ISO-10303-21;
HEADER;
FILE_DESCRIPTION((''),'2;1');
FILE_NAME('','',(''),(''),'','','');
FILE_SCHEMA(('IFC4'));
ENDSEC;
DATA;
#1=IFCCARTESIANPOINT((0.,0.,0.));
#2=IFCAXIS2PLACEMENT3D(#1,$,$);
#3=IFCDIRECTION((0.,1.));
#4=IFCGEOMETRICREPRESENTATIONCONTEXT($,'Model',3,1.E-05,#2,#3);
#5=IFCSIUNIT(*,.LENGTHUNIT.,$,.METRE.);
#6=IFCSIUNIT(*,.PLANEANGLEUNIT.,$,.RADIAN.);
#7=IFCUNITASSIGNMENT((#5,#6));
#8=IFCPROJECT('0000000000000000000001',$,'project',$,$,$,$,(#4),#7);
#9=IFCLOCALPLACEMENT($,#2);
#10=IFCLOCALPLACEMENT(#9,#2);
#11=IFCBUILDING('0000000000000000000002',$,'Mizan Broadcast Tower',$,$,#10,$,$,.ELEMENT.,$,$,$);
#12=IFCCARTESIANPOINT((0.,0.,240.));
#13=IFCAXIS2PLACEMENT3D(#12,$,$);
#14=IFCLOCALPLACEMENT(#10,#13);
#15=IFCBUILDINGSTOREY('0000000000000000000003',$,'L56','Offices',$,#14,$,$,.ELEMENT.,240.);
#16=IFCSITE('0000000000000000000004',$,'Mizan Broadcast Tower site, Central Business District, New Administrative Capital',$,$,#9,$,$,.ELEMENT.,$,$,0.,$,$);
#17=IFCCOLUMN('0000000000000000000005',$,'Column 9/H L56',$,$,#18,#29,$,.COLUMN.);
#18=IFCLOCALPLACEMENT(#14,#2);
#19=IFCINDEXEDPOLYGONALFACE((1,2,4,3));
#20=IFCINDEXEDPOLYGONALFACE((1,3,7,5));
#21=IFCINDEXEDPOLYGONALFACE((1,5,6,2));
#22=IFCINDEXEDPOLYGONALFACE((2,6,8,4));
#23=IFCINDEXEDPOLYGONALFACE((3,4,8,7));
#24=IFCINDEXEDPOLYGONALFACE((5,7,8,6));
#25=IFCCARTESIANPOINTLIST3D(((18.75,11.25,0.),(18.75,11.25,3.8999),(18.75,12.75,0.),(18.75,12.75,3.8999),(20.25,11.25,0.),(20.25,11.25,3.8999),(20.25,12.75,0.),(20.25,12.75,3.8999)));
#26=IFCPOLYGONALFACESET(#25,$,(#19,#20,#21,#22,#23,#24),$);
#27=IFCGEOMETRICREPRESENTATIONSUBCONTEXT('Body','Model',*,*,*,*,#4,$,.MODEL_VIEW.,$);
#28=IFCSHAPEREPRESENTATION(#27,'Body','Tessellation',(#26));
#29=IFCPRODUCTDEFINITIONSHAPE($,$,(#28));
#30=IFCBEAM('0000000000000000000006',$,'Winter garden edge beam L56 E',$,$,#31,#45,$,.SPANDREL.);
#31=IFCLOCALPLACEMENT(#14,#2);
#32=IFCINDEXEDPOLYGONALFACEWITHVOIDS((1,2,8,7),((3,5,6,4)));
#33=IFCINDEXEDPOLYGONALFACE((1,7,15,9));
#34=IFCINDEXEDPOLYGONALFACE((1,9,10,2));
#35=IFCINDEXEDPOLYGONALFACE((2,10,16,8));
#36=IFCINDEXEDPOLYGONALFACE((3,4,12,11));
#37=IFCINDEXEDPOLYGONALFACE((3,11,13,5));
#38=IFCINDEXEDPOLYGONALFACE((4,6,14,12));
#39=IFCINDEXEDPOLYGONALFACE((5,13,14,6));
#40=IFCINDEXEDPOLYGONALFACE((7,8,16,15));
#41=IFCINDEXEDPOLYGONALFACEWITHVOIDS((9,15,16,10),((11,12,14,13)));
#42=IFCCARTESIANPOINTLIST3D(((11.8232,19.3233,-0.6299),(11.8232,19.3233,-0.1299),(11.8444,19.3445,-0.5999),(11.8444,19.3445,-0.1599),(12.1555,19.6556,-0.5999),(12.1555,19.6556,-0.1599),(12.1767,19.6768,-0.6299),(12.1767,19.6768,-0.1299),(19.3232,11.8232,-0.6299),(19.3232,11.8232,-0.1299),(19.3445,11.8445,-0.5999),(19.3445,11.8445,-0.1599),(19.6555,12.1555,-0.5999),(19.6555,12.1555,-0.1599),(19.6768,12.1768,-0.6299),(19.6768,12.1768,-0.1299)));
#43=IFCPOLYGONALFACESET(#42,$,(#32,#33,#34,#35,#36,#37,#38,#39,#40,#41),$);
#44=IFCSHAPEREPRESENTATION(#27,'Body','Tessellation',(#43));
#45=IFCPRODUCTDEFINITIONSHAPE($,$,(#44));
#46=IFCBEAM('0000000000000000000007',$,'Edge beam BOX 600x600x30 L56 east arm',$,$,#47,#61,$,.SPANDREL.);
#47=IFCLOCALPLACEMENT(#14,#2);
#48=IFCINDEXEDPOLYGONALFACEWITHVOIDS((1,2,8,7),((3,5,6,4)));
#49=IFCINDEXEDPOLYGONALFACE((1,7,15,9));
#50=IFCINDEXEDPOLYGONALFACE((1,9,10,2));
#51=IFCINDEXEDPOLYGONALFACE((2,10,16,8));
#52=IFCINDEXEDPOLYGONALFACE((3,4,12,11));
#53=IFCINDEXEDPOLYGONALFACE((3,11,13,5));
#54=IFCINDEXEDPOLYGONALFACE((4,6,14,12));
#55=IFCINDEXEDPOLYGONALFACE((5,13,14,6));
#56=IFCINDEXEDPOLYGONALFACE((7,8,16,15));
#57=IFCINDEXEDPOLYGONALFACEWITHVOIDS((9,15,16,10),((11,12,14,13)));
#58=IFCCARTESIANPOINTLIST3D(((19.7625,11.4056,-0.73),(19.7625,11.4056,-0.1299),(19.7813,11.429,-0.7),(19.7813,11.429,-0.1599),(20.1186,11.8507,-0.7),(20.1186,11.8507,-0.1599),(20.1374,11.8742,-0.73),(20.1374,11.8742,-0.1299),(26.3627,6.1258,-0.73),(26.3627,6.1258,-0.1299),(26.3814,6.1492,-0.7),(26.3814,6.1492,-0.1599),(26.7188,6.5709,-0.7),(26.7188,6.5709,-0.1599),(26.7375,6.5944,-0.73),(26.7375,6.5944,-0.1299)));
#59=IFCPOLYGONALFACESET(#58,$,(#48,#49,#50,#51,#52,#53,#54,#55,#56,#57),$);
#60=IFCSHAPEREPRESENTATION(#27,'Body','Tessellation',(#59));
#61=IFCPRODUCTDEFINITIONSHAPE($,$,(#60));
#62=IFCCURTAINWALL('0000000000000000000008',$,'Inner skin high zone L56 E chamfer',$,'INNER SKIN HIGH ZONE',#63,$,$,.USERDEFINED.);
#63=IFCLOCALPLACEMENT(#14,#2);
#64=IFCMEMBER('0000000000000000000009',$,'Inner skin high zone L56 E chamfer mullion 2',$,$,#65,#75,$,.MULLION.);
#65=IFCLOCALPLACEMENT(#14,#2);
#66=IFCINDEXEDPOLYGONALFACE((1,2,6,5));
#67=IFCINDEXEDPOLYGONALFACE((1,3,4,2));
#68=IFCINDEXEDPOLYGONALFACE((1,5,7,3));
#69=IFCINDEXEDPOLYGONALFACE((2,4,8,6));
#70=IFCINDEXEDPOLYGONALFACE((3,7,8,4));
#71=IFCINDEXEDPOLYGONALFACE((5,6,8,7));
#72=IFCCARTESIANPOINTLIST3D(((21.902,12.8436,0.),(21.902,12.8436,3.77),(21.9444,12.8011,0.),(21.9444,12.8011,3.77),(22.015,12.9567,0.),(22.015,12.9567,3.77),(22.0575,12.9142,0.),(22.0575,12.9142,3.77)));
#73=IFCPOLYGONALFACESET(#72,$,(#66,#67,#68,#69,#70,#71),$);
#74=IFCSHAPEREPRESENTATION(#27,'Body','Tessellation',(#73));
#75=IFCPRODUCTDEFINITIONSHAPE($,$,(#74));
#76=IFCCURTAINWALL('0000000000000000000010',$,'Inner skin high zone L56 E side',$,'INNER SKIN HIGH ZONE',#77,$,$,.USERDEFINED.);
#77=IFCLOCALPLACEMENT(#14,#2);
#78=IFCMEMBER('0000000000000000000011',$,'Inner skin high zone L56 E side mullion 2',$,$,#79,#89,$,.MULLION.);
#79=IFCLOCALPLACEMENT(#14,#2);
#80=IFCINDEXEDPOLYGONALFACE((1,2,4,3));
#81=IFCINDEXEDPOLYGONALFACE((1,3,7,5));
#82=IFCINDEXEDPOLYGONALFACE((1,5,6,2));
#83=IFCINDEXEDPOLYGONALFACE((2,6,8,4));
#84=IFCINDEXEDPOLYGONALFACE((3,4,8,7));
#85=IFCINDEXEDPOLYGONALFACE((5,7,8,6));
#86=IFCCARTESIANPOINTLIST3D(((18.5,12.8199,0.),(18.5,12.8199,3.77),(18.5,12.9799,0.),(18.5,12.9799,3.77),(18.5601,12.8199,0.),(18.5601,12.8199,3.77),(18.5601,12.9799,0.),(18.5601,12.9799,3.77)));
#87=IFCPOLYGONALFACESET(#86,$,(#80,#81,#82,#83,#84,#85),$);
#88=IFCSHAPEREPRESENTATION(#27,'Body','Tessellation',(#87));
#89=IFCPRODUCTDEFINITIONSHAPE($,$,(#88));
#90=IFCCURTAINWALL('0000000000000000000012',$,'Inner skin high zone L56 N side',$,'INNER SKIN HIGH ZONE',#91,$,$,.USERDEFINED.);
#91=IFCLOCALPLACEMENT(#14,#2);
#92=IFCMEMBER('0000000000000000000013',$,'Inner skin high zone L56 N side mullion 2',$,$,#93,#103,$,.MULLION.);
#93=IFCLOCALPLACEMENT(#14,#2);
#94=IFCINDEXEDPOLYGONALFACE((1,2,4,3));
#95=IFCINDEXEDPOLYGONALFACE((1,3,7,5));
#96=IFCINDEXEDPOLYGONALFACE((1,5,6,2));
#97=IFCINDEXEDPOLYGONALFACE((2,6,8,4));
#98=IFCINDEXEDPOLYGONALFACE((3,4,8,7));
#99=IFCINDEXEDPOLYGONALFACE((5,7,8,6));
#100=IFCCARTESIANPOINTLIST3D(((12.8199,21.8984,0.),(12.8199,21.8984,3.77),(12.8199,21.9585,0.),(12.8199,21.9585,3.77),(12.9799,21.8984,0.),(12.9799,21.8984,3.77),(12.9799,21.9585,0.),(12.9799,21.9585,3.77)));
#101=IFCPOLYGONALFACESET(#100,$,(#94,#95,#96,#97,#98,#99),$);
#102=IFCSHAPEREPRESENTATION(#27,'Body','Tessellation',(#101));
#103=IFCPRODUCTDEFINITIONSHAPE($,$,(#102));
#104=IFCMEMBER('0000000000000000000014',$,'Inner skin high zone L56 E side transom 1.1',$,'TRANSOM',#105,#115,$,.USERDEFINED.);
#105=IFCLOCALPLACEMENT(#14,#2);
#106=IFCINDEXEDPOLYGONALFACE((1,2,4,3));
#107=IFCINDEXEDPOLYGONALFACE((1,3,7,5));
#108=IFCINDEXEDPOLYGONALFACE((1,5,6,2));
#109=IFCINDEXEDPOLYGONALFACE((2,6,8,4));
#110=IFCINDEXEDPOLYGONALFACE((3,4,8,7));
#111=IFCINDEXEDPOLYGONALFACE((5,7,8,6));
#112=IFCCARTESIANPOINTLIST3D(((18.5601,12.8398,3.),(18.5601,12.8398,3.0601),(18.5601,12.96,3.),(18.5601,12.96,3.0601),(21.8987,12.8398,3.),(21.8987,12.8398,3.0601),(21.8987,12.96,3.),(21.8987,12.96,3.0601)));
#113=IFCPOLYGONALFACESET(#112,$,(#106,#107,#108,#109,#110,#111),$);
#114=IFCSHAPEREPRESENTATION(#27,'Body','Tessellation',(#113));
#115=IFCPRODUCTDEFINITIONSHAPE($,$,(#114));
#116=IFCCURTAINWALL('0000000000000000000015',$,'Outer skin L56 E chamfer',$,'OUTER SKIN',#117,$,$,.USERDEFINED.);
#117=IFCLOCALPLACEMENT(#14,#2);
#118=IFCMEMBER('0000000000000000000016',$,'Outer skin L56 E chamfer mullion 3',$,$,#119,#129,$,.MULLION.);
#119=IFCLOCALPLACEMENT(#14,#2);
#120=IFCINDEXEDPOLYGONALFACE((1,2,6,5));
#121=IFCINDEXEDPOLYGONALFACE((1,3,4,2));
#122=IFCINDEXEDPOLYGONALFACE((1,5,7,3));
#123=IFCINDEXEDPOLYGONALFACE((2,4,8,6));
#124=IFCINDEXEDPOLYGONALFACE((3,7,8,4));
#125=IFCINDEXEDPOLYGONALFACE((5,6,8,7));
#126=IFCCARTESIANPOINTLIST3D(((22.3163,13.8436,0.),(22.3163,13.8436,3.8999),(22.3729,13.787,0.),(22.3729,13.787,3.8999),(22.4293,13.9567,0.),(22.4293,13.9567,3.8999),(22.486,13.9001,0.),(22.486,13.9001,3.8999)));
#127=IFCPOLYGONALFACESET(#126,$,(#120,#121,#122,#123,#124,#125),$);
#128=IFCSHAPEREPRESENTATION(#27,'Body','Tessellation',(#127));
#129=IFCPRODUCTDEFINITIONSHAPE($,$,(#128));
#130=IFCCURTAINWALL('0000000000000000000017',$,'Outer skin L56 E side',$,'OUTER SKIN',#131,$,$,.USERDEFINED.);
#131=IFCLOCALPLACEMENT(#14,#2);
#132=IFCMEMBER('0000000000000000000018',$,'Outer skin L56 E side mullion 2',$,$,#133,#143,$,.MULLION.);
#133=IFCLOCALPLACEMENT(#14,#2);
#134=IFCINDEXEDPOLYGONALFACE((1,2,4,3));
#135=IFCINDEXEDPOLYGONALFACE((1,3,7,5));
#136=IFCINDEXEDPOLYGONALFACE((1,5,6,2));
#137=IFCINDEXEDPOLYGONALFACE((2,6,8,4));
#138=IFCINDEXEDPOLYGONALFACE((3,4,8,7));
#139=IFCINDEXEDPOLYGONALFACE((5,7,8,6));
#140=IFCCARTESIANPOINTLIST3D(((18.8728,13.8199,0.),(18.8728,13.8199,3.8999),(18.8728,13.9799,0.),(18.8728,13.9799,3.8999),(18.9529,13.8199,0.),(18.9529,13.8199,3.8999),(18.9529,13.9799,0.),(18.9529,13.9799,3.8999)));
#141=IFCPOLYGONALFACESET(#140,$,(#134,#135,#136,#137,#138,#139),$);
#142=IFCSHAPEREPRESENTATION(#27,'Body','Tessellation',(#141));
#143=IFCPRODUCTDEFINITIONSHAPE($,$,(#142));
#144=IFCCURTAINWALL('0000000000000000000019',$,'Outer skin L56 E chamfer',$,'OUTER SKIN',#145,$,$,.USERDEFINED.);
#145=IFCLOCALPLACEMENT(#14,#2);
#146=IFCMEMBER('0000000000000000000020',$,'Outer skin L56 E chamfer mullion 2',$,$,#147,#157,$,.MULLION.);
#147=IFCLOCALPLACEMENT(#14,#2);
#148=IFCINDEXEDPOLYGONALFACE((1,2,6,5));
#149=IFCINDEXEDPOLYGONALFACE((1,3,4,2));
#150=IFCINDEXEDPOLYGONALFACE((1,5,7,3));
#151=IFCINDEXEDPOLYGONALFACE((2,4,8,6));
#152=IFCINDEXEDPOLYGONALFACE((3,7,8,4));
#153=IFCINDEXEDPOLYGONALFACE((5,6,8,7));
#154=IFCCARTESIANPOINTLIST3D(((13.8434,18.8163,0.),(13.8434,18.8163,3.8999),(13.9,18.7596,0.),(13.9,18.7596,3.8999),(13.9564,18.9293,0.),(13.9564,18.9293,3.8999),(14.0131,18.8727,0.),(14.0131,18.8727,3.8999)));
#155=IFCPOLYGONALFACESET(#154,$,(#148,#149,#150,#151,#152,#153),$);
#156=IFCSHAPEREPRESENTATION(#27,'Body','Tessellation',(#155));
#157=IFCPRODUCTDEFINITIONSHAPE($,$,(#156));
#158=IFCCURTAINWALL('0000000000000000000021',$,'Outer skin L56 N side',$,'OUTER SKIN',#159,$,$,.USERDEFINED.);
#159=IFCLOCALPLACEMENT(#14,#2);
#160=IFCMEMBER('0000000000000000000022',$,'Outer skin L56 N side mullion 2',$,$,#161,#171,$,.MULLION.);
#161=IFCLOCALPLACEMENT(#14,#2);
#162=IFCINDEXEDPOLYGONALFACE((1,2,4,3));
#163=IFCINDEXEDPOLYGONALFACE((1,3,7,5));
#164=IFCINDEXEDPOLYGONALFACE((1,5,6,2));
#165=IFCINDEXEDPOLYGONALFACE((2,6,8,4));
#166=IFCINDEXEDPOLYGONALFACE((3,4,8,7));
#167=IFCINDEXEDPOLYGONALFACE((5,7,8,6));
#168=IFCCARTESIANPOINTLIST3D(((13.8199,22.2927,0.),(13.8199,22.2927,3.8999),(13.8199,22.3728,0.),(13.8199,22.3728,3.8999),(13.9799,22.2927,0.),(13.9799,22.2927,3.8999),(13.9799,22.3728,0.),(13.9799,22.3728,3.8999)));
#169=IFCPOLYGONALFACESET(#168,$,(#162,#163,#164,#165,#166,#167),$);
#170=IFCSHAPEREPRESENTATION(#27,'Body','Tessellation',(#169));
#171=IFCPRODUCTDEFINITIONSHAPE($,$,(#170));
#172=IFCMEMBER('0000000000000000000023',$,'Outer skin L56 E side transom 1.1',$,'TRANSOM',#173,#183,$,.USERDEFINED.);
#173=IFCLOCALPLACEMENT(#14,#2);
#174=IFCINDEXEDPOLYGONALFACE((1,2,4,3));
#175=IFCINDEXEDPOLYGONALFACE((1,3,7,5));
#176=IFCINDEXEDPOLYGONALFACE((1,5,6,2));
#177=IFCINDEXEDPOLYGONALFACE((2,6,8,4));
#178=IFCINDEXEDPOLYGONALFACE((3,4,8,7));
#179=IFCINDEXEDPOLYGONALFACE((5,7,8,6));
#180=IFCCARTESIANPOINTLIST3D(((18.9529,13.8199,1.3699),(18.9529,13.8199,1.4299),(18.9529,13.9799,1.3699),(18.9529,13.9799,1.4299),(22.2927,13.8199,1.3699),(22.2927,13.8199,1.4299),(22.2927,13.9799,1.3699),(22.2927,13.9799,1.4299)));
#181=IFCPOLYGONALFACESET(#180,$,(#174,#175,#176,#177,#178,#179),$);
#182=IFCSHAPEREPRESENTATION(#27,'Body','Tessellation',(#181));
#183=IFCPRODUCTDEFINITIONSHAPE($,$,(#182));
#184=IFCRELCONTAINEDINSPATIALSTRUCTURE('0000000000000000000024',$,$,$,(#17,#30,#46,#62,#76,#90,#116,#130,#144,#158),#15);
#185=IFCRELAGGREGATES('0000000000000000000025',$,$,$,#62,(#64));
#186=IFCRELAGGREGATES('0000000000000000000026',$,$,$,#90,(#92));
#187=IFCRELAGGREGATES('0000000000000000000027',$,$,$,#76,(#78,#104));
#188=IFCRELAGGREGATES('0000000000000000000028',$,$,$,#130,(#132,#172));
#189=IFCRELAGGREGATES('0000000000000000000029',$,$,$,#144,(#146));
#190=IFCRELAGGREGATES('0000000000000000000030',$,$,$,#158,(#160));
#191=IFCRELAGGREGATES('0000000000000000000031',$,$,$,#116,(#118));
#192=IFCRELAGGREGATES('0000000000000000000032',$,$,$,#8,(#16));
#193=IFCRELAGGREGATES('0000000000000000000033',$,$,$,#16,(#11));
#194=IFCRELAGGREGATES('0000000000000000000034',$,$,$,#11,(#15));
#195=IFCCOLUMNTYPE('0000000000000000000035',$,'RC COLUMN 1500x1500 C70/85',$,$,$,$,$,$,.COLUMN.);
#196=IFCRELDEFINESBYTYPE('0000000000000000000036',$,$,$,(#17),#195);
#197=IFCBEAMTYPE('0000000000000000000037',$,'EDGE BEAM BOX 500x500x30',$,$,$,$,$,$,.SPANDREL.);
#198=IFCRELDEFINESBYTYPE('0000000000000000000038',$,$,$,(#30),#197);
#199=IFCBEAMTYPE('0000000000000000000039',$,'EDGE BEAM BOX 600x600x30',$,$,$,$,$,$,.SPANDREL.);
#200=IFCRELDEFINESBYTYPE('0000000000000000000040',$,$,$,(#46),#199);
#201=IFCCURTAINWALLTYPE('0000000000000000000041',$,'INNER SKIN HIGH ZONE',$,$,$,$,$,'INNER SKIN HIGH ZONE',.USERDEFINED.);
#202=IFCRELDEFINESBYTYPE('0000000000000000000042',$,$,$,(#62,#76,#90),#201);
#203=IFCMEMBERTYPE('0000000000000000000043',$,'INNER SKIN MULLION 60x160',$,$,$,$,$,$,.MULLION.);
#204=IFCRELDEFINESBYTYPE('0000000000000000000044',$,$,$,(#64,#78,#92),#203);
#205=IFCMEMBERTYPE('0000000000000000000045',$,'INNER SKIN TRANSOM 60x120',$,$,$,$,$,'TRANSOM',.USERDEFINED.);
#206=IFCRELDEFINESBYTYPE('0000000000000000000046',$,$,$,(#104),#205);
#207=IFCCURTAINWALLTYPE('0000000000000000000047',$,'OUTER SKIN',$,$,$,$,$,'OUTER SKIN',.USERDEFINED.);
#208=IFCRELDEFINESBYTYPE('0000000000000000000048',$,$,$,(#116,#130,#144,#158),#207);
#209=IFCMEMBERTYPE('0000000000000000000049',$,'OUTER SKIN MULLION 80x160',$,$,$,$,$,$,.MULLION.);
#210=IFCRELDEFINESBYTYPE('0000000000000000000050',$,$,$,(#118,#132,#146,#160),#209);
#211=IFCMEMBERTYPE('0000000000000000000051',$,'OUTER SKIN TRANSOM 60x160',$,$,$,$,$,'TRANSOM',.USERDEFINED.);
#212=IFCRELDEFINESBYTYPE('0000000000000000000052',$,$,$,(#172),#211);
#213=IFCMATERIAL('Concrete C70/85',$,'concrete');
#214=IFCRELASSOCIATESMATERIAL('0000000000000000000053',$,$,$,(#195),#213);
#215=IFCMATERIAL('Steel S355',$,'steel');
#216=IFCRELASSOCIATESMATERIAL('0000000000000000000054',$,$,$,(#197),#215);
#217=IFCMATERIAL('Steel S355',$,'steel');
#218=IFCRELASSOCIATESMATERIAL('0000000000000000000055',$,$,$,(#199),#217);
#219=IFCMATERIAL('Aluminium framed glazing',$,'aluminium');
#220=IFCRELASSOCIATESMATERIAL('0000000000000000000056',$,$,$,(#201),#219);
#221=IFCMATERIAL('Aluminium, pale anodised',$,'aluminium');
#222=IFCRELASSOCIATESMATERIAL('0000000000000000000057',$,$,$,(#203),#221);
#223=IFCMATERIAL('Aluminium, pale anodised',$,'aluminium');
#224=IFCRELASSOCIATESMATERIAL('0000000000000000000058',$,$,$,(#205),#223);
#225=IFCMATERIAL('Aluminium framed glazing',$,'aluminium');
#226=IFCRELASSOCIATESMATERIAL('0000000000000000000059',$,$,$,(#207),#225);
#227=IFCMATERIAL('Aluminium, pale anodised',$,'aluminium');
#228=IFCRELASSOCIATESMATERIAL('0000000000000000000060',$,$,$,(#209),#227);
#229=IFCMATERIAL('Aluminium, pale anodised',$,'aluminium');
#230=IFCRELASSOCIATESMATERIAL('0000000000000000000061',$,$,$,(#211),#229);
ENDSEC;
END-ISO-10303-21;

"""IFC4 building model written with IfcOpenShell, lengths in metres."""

from ifc_helpers import new_model, si_unit, direction, frame, origin, origin_2d, place, context, subcontext, project, spatial, rectangle, hollow_rectangle, extrude, material, material_profile, profile_set, type_object, element, aggregate, save


model = new_model("IFC4")

# Units and contexts
model_context = context("Model", 3, precision=1e-05, world=origin(), true_north=direction((0.0, 1.0)))
body_context = subcontext(model_context, "Body", "Model", "MODEL_VIEW")
ifc_project = project(units=[si_unit("LENGTHUNIT", "METRE"), si_unit("PLANEANGLEUNIT", "RADIAN")], contexts=[model_context])

# Site, building, storey
site_placement = place(None, origin())
site = spatial("IfcSite", under=ifc_project, at=site_placement, Name="Mizan Broadcast Tower site, Central Business District, New Administrative Capital", CompositionType="ELEMENT", RefElevation=0.0)
building_placement = place(site_placement, origin())
building = spatial("IfcBuilding", under=site, at=building_placement, Name="Mizan Broadcast Tower", CompositionType="ELEMENT")
storey_placement = place(building_placement, frame((0.0, 0.0, 240.0)))
storey = spatial("IfcBuildingStorey", under=building, at=storey_placement, Name="L56", Description="Offices", CompositionType="ELEMENT", Elevation=240.0)

# Column
ifc_material_1 = material(Name="Concrete C70/85", Category="concrete")
ifc_material_profile_1 = material_profile(ifc_material_1, rectangle(XDim=1.5, YDim=1.5, at=origin_2d()), Name="RC 1500x1500")
ifc_profile_set_1 = profile_set([ifc_material_profile_1], Name="Concrete C70/85")
column_type = type_object("IfcColumnType", Name="RC COLUMN 1500x1500 C70/85", PredefinedType="COLUMN", material=ifc_profile_set_1)
column_placement = place(storey_placement, frame((19.5, 12.0, 0.0), z_axis=(0.0, 0.0, 1.0), x_axis=(1.0, 0.0, 0.0)))
element("IfcColumn", 1, at=column_placement, inside=storey, type_object=column_type, Name="Column 9/H L56", PredefinedType="COLUMN", context=body_context, shape_type="SweptSolid", body=[
    extrude(rectangle(XDim=1.5, YDim=1.5, at=origin_2d()), origin(), (0.0, 0.0, 1.0), 3.8999),
])

# Beams
ifc_material_2 = material(Name="Steel S355", Category="steel")
ifc_material_profile_2 = material_profile(ifc_material_2, hollow_rectangle(XDim=0.5, YDim=0.5, WallThickness=0.03, at=origin_2d()), Name="BOX 500x500x30")
ifc_profile_set_2 = profile_set([ifc_material_profile_2], Name="Steel S355")
beam_type_1 = type_object("IfcBeamType", Name="EDGE BEAM BOX 500x500x30", PredefinedType="SPANDREL", material=ifc_profile_set_2)
beam_1_placement = place(storey_placement, frame((19.5, 12.0, -0.3799), z_axis=(-0.707107, 0.707107, 0.0), x_axis=(-0.707107, -0.707107, 0.0)))
element("IfcBeam", 2, at=beam_1_placement, inside=storey, type_object=beam_type_1, Name="Winter garden edge beam L56 E", PredefinedType="SPANDREL", context=body_context, shape_type="SweptSolid", body=[
    extrude(hollow_rectangle(XDim=0.5, YDim=0.5, WallThickness=0.03, at=origin_2d()), origin(), (0.0, 0.0, 1.0), 10.6067),
])
ifc_material_3 = material(Name="Steel S355", Category="steel")
ifc_material_profile_3 = material_profile(ifc_material_3, hollow_rectangle(XDim=0.6001, YDim=0.6001, WallThickness=0.03, at=origin_2d()), Name="BOX 600x600x30")
ifc_profile_set_3 = profile_set([ifc_material_profile_3], Name="Steel S355")
beam_type_2 = type_object("IfcBeamType", Name="EDGE BEAM BOX 600x600x30", PredefinedType="SPANDREL", material=ifc_profile_set_3)
beam_2_placement = place(storey_placement, frame((19.95, 11.6399, -0.4299), z_axis=(0.780886, -0.624674, 0.0), x_axis=(0.624674, 0.780886, 0.0)))
element("IfcBeam", 3, at=beam_2_placement, inside=storey, type_object=beam_type_2, Name="Edge beam BOX 600x600x30 L56 east arm", PredefinedType="SPANDREL", context=body_context, shape_type="SweptSolid", body=[
    extrude(hollow_rectangle(XDim=0.6001, YDim=0.6001, WallThickness=0.03, at=origin_2d()), origin(), (0.0, 0.0, 1.0), 8.4521),
])

# Curtain walls, members
ifc_material_4 = material(Name="Aluminium framed glazing", Category="aluminium")
curtain_wall_type_1 = type_object("IfcCurtainWallType", Name="INNER SKIN HIGH ZONE", ElementType="INNER SKIN HIGH ZONE", PredefinedType="USERDEFINED", material=ifc_material_4)
curtain_wall_1_placement = place(storey_placement, origin())
curtain_wall_1 = element("IfcCurtainWall", 4, at=curtain_wall_1_placement, inside=storey, type_object=curtain_wall_type_1, Name="Inner skin high zone L56 E chamfer", ObjectType="INNER SKIN HIGH ZONE", PredefinedType="USERDEFINED")
ifc_material_5 = material(Name="Aluminium, pale anodised", Category="aluminium")
ifc_material_profile_4 = material_profile(ifc_material_5, rectangle(XDim=0.1599, YDim=0.0601, at=origin_2d()), Name="MULLION 160x60")
ifc_profile_set_4 = profile_set([ifc_material_profile_4], Name="Aluminium, pale anodised")
member_type_1 = type_object("IfcMemberType", Name="INNER SKIN MULLION 60x160", PredefinedType="MULLION", material=ifc_profile_set_4)
member_1_placement = place(storey_placement, frame((21.9797, 12.8789, 0.0), z_axis=(0.0, 0.0, 1.0), x_axis=(-0.707107, -0.707107, 0.0)))
member_1 = element("IfcMember", 5, at=member_1_placement, type_object=member_type_1, Name="Inner skin high zone L56 E chamfer mullion 2", PredefinedType="MULLION", context=body_context, shape_type="SweptSolid", body=[
    extrude(rectangle(XDim=0.1599, YDim=0.0601, at=origin_2d()), origin(), (0.0, 0.0, 1.0), 3.77),
])
aggregate(curtain_wall_1, [member_1])
curtain_wall_2_placement = place(storey_placement, origin())
curtain_wall_2 = element("IfcCurtainWall", 6, at=curtain_wall_2_placement, inside=storey, type_object=curtain_wall_type_1, Name="Inner skin high zone L56 E side", ObjectType="INNER SKIN HIGH ZONE", PredefinedType="USERDEFINED")
member_2_placement = place(storey_placement, frame((18.53, 12.8999, 0.0), z_axis=(0.0, 0.0, 1.0), x_axis=(0.0, -1.0, 0.0)))
member_2 = element("IfcMember", 7, at=member_2_placement, type_object=member_type_1, Name="Inner skin high zone L56 E side mullion 2", PredefinedType="MULLION", context=body_context, shape_type="SweptSolid", body=[
    extrude(rectangle(XDim=0.1599, YDim=0.0601, at=origin_2d()), origin(), (0.0, 0.0, 1.0), 3.77),
])
curtain_wall_3_placement = place(storey_placement, origin())
curtain_wall_3 = element("IfcCurtainWall", 8, at=curtain_wall_3_placement, inside=storey, type_object=curtain_wall_type_1, Name="Inner skin high zone L56 N side", ObjectType="INNER SKIN HIGH ZONE", PredefinedType="USERDEFINED")
member_3_placement = place(storey_placement, frame((12.8999, 21.9285, 0.0), z_axis=(0.0, 0.0, 1.0), x_axis=(-1.0, 0.0, 0.0)))
member_3 = element("IfcMember", 9, at=member_3_placement, type_object=member_type_1, Name="Inner skin high zone L56 N side mullion 2", PredefinedType="MULLION", context=body_context, shape_type="SweptSolid", body=[
    extrude(rectangle(XDim=0.1599, YDim=0.0601, at=origin_2d()), origin(), (0.0, 0.0, 1.0), 3.77),
])
aggregate(curtain_wall_3, [member_3])

# Member
ifc_material_6 = material(Name="Aluminium, pale anodised", Category="aluminium")
ifc_material_profile_5 = material_profile(ifc_material_6, rectangle(XDim=0.1201, YDim=0.0601, at=origin_2d()), Name="TRANSOM 120x60")
ifc_profile_set_5 = profile_set([ifc_material_profile_5], Name="Aluminium, pale anodised")
member_type_2 = type_object("IfcMemberType", Name="INNER SKIN TRANSOM 60x120", ElementType="TRANSOM", PredefinedType="USERDEFINED", material=ifc_profile_set_5)
member_4_placement = place(storey_placement, frame((21.8987, 12.8999, 3.03), z_axis=(-1.0, 0.0, 0.0), x_axis=(0.0, -1.0, 0.0)))
member_4 = element("IfcMember", 10, at=member_4_placement, type_object=member_type_2, Name="Inner skin high zone L56 E side transom 1.1", ObjectType="TRANSOM", PredefinedType="USERDEFINED", context=body_context, shape_type="SweptSolid", body=[
    extrude(rectangle(XDim=0.1201, YDim=0.0601, at=origin_2d()), origin(), (0.0, 0.0, 1.0), 3.3386),
])

# Curtain walls, members
ifc_material_7 = material(Name="Aluminium framed glazing", Category="aluminium")
curtain_wall_type_2 = type_object("IfcCurtainWallType", Name="OUTER SKIN", ElementType="OUTER SKIN", PredefinedType="USERDEFINED", material=ifc_material_7)
curtain_wall_4_placement = place(storey_placement, origin())
curtain_wall_4 = element("IfcCurtainWall", 11, at=curtain_wall_4_placement, inside=storey, type_object=curtain_wall_type_2, Name="Outer skin L56 E chamfer", ObjectType="OUTER SKIN", PredefinedType="USERDEFINED")
ifc_material_8 = material(Name="Aluminium, pale anodised", Category="aluminium")
ifc_material_profile_6 = material_profile(ifc_material_8, rectangle(XDim=0.1599, YDim=0.0801, at=origin_2d()), Name="MULLION 160x80")
ifc_profile_set_6 = profile_set([ifc_material_profile_6], Name="Aluminium, pale anodised")
member_type_3 = type_object("IfcMemberType", Name="OUTER SKIN MULLION 80x160", PredefinedType="MULLION", material=ifc_profile_set_6)
member_5_placement = place(storey_placement, frame((22.4011, 13.8718, 0.0), z_axis=(0.0, 0.0, 1.0), x_axis=(-0.707107, -0.707107, 0.0)))
member_5 = element("IfcMember", 12, at=member_5_placement, type_object=member_type_3, Name="Outer skin L56 E chamfer mullion 3", PredefinedType="MULLION", context=body_context, shape_type="SweptSolid", body=[
    extrude(rectangle(XDim=0.1599, YDim=0.0801, at=origin_2d()), origin(), (0.0, 0.0, 1.0), 3.8999),
])
curtain_wall_5_placement = place(storey_placement, origin())
curtain_wall_5 = element("IfcCurtainWall", 13, at=curtain_wall_5_placement, inside=storey, type_object=curtain_wall_type_2, Name="Outer skin L56 E side", ObjectType="OUTER SKIN", PredefinedType="USERDEFINED")
member_6_placement = place(storey_placement, frame((18.9128, 13.8999, 0.0), z_axis=(0.0, 0.0, 1.0), x_axis=(0.0, -1.0, 0.0)))
member_6 = element("IfcMember", 14, at=member_6_placement, type_object=member_type_3, Name="Outer skin L56 E side mullion 2", PredefinedType="MULLION", context=body_context, shape_type="SweptSolid", body=[
    extrude(rectangle(XDim=0.1599, YDim=0.0801, at=origin_2d()), origin(), (0.0, 0.0, 1.0), 3.8999),
])
curtain_wall_6_placement = place(storey_placement, origin())
curtain_wall_6 = element("IfcCurtainWall", 15, at=curtain_wall_6_placement, inside=storey, type_object=curtain_wall_type_2, Name="Outer skin L56 E chamfer", ObjectType="OUTER SKIN", PredefinedType="USERDEFINED")
member_7_placement = place(storey_placement, frame((13.9282, 18.8445, 0.0), z_axis=(0.0, 0.0, 1.0), x_axis=(-0.707107, -0.707107, 0.0)))
member_7 = element("IfcMember", 16, at=member_7_placement, type_object=member_type_3, Name="Outer skin L56 E chamfer mullion 2", PredefinedType="MULLION", context=body_context, shape_type="SweptSolid", body=[
    extrude(rectangle(XDim=0.1599, YDim=0.0801, at=origin_2d()), origin(), (0.0, 0.0, 1.0), 3.8999),
])
curtain_wall_7_placement = place(storey_placement, origin())
curtain_wall_7 = element("IfcCurtainWall", 17, at=curtain_wall_7_placement, inside=storey, type_object=curtain_wall_type_2, Name="Outer skin L56 N side", ObjectType="OUTER SKIN", PredefinedType="USERDEFINED")
member_8_placement = place(storey_placement, frame((13.8999, 22.3328, 0.0), z_axis=(0.0, 0.0, 1.0), x_axis=(-1.0, 0.0, 0.0)))
member_8 = element("IfcMember", 18, at=member_8_placement, type_object=member_type_3, Name="Outer skin L56 N side mullion 2", PredefinedType="MULLION", context=body_context, shape_type="SweptSolid", body=[
    extrude(rectangle(XDim=0.1599, YDim=0.0801, at=origin_2d()), origin(), (0.0, 0.0, 1.0), 3.8999),
])

# Member
ifc_material_9 = material(Name="Aluminium, pale anodised", Category="aluminium")
ifc_material_profile_7 = material_profile(ifc_material_9, rectangle(XDim=0.1599, YDim=0.0601, at=origin_2d()), Name="TRANSOM 160x60")
ifc_profile_set_7 = profile_set([ifc_material_profile_7], Name="Aluminium, pale anodised")
member_type_4 = type_object("IfcMemberType", Name="OUTER SKIN TRANSOM 60x160", ElementType="TRANSOM", PredefinedType="USERDEFINED", material=ifc_profile_set_7)
member_9_placement = place(storey_placement, frame((22.2927, 13.8999, 1.3999), z_axis=(-1.0, 0.0, 0.0), x_axis=(0.0, -1.0, 0.0)))
member_9 = element("IfcMember", 19, at=member_9_placement, type_object=member_type_4, Name="Outer skin L56 E side transom 1.1", ObjectType="TRANSOM", PredefinedType="USERDEFINED", context=body_context, shape_type="SweptSolid", body=[
    extrude(rectangle(XDim=0.1599, YDim=0.0601, at=origin_2d()), origin(), (0.0, 0.0, 1.0), 3.3398),
])

aggregate(curtain_wall_2, [member_2, member_4])
aggregate(curtain_wall_5, [member_6, member_9])
aggregate(curtain_wall_6, [member_7])
aggregate(curtain_wall_7, [member_8])
aggregate(curtain_wall_4, [member_5])

save(model, "model.ifc")
